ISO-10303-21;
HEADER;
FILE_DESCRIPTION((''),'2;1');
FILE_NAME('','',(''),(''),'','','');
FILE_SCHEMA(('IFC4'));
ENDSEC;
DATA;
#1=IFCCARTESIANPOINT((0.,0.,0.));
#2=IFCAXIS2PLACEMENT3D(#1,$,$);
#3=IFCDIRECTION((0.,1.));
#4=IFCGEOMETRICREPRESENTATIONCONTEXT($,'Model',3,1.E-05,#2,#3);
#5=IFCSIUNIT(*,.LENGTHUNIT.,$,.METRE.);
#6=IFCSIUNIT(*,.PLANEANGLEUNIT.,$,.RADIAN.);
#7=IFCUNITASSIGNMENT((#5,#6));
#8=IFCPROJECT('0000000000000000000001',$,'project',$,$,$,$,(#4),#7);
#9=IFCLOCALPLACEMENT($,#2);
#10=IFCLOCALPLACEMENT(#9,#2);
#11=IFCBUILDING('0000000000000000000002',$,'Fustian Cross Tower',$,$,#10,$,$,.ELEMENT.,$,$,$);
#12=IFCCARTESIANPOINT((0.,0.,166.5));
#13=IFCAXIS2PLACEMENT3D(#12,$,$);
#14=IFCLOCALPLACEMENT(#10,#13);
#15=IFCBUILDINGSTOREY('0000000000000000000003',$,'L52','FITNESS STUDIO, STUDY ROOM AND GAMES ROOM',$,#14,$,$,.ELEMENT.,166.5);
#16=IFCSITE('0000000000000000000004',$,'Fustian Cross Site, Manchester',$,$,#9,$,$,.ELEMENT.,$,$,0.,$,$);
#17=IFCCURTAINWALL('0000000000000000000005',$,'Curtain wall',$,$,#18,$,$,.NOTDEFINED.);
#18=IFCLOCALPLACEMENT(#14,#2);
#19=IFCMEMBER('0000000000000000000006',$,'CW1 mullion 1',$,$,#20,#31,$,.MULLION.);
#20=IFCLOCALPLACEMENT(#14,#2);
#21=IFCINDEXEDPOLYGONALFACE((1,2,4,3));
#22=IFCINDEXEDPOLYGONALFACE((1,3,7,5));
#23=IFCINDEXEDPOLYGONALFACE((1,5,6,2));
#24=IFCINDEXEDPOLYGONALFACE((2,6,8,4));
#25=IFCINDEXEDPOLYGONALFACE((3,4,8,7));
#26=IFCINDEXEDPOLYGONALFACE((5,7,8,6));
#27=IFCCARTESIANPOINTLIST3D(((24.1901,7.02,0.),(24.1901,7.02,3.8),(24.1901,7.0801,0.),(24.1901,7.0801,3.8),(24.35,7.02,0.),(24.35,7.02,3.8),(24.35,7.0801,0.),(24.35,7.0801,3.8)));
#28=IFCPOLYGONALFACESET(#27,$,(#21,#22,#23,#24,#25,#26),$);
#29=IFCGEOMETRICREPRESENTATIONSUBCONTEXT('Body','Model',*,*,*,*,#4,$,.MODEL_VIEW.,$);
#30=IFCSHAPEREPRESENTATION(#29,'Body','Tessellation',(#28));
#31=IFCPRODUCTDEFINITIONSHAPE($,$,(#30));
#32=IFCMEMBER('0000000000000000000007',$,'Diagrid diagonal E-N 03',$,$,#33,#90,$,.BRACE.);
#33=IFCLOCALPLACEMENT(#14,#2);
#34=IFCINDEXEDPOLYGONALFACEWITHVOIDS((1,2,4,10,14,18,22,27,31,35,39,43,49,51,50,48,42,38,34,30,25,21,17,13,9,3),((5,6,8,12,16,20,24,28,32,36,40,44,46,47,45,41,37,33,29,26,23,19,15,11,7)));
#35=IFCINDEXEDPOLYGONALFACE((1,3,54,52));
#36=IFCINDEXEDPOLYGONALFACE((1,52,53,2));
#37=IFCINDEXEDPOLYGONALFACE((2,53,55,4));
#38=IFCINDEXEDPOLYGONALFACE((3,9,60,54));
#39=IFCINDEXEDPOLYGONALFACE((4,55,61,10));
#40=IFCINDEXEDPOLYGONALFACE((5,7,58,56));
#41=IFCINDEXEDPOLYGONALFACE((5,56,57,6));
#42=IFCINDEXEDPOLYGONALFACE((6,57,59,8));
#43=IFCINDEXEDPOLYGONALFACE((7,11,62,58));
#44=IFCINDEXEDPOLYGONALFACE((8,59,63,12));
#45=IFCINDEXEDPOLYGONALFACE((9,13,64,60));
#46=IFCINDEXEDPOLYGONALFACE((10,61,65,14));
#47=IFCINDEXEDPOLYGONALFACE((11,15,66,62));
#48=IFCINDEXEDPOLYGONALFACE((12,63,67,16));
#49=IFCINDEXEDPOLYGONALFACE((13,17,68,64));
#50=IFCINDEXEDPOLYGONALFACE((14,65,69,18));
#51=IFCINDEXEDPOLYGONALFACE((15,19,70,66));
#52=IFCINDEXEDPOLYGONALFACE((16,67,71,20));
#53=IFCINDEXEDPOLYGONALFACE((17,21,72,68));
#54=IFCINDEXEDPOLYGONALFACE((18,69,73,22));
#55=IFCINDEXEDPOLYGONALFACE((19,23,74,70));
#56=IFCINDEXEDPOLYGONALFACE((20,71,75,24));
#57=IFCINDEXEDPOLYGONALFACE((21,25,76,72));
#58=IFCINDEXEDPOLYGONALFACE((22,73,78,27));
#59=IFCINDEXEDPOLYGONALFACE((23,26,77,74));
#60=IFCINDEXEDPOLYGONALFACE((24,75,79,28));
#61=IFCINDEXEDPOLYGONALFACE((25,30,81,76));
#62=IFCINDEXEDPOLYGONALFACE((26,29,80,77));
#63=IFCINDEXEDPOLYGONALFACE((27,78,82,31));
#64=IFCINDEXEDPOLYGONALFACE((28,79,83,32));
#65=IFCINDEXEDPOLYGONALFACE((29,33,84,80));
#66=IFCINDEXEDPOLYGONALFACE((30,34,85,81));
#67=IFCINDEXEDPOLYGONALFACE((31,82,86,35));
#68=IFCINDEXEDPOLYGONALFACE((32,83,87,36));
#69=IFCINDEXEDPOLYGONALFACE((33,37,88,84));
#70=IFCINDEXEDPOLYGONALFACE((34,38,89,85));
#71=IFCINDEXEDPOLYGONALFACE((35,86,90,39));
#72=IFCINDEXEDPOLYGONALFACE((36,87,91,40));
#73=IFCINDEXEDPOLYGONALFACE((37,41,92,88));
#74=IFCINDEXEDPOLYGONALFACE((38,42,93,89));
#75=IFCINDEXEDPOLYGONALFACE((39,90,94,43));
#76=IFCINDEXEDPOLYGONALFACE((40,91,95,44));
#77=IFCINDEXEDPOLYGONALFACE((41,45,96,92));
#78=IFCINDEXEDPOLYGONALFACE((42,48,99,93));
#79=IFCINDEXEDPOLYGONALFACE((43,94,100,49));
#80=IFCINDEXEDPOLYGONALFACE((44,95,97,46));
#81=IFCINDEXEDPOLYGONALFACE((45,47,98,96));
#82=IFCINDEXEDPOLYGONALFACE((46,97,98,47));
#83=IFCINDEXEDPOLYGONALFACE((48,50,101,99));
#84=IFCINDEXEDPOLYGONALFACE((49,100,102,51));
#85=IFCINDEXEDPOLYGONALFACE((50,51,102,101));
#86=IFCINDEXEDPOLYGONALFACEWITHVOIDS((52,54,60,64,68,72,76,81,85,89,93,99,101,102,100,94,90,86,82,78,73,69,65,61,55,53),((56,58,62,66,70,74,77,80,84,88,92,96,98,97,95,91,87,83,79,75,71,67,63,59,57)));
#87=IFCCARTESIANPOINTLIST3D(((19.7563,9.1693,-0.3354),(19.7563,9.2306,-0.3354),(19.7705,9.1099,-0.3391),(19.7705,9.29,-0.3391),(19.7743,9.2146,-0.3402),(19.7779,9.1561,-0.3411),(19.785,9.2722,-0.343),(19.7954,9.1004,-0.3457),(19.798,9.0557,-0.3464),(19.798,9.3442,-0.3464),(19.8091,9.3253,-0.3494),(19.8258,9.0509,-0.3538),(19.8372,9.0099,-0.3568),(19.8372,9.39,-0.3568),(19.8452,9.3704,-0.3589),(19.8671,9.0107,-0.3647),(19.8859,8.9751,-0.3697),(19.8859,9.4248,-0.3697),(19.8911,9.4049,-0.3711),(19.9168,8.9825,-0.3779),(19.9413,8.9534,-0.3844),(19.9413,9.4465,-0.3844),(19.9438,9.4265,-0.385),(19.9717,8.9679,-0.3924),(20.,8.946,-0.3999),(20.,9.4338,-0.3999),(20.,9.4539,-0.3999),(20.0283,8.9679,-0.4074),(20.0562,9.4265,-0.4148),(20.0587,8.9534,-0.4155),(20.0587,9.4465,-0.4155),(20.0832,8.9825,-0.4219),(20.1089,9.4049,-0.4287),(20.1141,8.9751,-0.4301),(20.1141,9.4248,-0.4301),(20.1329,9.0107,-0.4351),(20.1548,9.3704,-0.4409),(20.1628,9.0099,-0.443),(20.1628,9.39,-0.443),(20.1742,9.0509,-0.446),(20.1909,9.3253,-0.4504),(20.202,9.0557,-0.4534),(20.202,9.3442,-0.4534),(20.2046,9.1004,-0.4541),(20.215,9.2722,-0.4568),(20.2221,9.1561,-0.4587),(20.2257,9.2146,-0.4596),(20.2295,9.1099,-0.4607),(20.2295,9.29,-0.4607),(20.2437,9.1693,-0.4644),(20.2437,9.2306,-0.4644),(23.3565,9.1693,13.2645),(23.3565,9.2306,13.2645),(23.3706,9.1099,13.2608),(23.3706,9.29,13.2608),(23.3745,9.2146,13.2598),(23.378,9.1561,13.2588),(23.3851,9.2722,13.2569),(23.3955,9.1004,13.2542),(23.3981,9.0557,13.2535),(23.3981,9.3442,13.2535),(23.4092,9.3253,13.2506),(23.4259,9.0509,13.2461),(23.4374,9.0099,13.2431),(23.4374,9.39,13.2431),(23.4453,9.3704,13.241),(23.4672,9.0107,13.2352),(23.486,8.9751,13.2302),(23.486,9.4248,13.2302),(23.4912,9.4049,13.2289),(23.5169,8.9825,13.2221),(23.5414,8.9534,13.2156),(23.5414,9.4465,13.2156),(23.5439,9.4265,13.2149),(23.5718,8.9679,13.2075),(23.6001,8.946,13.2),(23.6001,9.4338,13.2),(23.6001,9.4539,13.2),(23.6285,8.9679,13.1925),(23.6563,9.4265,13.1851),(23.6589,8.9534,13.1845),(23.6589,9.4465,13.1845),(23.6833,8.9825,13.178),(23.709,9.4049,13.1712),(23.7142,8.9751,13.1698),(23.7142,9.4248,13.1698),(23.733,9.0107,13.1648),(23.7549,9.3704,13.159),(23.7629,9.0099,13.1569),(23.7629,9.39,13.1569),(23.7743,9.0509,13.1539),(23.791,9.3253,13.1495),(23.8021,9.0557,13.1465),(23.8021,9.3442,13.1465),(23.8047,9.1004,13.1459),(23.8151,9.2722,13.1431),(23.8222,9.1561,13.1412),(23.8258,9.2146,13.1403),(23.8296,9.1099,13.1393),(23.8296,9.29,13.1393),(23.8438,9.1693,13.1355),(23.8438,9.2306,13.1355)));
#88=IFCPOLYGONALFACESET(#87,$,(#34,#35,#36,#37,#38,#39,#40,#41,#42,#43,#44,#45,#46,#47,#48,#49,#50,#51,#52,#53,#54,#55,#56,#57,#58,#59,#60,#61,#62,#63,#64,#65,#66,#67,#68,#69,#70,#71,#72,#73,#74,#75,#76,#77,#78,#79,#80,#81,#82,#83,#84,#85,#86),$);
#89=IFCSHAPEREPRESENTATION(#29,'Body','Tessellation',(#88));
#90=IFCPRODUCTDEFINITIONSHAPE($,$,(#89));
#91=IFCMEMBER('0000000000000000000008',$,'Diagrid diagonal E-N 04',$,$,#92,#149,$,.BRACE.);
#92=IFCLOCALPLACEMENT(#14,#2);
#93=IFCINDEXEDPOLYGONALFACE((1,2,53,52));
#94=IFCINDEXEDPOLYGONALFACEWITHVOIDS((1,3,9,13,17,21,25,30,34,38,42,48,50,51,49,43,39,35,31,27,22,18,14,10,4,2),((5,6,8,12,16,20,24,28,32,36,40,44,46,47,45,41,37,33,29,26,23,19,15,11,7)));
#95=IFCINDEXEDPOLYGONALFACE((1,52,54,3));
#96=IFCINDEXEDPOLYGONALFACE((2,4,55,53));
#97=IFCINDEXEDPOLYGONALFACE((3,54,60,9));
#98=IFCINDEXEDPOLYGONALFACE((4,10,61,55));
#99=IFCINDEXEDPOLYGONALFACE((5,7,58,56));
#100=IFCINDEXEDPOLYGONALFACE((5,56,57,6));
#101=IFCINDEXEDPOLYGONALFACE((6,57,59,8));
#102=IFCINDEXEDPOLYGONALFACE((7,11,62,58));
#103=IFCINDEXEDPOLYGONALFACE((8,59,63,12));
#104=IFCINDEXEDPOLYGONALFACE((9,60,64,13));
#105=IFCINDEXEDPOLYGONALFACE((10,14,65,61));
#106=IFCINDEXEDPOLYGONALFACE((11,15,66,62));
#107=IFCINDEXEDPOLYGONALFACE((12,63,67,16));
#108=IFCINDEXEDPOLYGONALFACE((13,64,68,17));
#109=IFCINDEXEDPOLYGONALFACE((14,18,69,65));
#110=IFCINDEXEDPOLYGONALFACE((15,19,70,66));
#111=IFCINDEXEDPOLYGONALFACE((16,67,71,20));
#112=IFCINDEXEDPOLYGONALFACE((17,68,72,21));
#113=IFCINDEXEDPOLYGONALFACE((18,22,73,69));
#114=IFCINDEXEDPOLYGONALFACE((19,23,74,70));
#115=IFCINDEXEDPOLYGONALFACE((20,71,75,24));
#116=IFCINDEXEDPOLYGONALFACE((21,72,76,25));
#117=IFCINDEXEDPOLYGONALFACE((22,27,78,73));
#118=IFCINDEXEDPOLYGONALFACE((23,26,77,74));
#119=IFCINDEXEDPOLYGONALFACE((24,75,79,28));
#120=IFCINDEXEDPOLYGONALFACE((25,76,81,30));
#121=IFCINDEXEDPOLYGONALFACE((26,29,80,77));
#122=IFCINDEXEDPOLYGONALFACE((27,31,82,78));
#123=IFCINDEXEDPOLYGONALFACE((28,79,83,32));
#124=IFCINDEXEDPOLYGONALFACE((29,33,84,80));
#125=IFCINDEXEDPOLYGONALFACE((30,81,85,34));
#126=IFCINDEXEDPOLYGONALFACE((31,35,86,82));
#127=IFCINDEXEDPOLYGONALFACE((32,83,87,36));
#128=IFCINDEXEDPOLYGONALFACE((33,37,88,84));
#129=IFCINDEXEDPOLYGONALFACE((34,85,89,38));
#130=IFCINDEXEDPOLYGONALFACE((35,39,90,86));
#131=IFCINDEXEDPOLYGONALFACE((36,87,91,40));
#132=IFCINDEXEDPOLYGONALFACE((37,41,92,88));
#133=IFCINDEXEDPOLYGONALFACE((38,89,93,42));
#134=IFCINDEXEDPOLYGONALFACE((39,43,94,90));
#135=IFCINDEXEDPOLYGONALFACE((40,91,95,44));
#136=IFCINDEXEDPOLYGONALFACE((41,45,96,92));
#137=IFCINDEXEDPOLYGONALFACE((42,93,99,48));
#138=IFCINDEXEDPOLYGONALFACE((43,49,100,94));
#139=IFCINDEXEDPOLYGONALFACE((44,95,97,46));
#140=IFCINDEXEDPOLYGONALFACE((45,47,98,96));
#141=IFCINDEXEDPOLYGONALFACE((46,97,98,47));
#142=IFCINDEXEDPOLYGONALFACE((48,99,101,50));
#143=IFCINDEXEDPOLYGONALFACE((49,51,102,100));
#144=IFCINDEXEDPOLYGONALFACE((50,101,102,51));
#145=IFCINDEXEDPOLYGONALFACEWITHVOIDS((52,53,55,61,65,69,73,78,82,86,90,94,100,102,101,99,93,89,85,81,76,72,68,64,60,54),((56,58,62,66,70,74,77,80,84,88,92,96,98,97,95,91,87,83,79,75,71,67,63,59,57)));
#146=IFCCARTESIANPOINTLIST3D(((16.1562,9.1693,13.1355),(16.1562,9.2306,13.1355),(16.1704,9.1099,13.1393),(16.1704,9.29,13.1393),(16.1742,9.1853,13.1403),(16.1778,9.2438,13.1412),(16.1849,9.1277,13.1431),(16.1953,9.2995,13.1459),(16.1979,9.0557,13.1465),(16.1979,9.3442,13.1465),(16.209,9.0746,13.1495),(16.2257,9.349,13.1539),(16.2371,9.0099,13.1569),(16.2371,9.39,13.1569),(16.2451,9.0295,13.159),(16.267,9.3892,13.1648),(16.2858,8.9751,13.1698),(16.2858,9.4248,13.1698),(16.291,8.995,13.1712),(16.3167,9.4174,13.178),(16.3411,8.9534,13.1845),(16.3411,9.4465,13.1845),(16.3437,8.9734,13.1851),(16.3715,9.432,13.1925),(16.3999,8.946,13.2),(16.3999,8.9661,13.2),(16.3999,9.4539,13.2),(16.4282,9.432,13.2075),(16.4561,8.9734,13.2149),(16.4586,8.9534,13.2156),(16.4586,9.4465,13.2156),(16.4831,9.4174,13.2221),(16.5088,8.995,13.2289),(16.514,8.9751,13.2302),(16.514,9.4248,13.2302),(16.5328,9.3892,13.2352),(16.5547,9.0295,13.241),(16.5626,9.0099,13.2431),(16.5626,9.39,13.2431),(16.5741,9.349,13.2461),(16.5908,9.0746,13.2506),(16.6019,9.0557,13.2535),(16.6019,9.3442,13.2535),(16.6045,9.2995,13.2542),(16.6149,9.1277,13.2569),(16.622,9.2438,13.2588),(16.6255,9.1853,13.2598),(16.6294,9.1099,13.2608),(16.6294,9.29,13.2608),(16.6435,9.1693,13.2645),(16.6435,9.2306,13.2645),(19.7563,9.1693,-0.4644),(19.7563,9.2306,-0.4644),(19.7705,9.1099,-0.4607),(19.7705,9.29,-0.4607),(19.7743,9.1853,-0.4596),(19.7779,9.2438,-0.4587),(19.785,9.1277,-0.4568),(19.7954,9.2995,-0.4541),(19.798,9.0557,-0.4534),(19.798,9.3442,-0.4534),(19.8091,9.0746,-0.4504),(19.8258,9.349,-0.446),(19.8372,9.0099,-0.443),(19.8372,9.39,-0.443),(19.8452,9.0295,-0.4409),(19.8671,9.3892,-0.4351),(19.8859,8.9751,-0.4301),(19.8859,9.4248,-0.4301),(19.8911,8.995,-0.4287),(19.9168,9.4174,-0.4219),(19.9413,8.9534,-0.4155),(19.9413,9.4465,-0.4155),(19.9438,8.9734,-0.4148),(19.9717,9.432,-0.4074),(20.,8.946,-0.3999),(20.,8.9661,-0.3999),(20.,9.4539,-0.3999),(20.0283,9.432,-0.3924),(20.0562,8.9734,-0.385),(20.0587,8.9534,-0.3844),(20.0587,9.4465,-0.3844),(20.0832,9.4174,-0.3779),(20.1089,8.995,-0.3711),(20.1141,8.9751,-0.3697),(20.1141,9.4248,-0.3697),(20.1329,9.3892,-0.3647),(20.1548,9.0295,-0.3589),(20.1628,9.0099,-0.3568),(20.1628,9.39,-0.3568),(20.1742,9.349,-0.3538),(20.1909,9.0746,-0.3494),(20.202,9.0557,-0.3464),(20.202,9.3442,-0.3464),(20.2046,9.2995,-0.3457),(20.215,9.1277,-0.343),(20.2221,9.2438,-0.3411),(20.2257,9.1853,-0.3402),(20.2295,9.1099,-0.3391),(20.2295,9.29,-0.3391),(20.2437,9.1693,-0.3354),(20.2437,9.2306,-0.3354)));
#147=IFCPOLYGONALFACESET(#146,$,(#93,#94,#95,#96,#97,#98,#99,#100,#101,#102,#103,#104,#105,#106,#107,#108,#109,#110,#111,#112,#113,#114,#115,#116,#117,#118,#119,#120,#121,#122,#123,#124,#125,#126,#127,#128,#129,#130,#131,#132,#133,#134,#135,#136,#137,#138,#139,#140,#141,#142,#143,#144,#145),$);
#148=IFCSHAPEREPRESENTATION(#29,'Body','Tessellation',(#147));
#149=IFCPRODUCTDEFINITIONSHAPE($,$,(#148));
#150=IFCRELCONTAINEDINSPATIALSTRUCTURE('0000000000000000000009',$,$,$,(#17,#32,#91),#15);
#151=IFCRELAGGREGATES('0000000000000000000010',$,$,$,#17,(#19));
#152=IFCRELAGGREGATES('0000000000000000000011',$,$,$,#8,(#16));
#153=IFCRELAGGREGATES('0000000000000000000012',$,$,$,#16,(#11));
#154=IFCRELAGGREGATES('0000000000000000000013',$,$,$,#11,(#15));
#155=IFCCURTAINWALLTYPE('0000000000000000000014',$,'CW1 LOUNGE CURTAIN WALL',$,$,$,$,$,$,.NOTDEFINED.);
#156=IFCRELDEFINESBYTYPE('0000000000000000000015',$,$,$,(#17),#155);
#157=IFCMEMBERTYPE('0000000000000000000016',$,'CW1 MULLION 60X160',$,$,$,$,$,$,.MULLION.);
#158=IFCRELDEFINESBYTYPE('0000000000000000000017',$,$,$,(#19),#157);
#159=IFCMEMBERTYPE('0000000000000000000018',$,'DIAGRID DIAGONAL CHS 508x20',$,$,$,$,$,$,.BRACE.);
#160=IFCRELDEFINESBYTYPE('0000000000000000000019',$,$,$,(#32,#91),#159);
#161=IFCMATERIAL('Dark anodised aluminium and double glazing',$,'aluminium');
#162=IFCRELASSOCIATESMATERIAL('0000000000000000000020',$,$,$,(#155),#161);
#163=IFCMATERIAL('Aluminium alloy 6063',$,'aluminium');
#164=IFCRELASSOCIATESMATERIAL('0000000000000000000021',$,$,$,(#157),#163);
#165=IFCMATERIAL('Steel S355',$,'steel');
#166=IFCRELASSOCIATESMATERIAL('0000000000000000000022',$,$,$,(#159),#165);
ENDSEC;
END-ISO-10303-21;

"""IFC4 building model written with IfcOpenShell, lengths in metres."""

from ifc_helpers import new_model, si_unit, direction, frame, origin, origin_2d, place, context, subcontext, project, spatial, rectangle, hollow_circle, extrude, material, material_profile, profile_set, type_object, element, aggregate, save


model = new_model("IFC4")

# Units and contexts
model_context = context("Model", 3, precision=1e-05, world=origin(), true_north=direction((0.0, 1.0)))
body_context = subcontext(model_context, "Body", "Model", "MODEL_VIEW")
ifc_project = project(units=[si_unit("LENGTHUNIT", "METRE"), si_unit("PLANEANGLEUNIT", "RADIAN")], contexts=[model_context])

# Site, building, storey
site_placement = place(None, origin())
site = spatial("IfcSite", under=ifc_project, at=site_placement, Name="Fustian Cross Site, Manchester", CompositionType="ELEMENT", RefElevation=0.0)
building_placement = place(site_placement, origin())
building = spatial("IfcBuilding", under=site, at=building_placement, Name="Fustian Cross Tower", CompositionType="ELEMENT")
storey_placement = place(building_placement, frame((0.0, 0.0, 166.5)))
storey = spatial("IfcBuildingStorey", under=building, at=storey_placement, Name="L52", Description="FITNESS STUDIO, STUDY ROOM AND GAMES ROOM", CompositionType="ELEMENT", Elevation=166.5)

# Curtain wall, member
ifc_material_1 = material(Name="Dark anodised aluminium and double glazing", Category="aluminium")
curtain_wall_type = type_object("IfcCurtainWallType", Name="CW1 LOUNGE CURTAIN WALL", PredefinedType="NOTDEFINED", material=ifc_material_1)
curtain_wall_placement = place(storey_placement, origin())
curtain_wall = element("IfcCurtainWall", 1, at=curtain_wall_placement, inside=storey, type_object=curtain_wall_type, Name="Curtain wall", PredefinedType="NOTDEFINED")
ifc_material_2 = material(Name="Aluminium alloy 6063", Category="aluminium")
ifc_material_profile_1 = material_profile(ifc_material_2, rectangle(XDim=0.0601, YDim=0.1599, at=origin_2d()), Name="CW1 MULLION 60X160")
ifc_profile_set_1 = profile_set([ifc_material_profile_1], Name="Aluminium alloy 6063")
member_type_1 = type_object("IfcMemberType", Name="CW1 MULLION 60X160", PredefinedType="MULLION", material=ifc_profile_set_1)
member_1_placement = place(storey_placement, frame((24.27, 7.05, 0.0), z_axis=(0.0, 0.0, 1.0), x_axis=(0.0, -1.0, 0.0)))
member_1 = element("IfcMember", 2, at=member_1_placement, type_object=member_type_1, Name="CW1 mullion 1", PredefinedType="MULLION", context=body_context, shape_type="SweptSolid", body=[
    extrude(rectangle(XDim=0.0601, YDim=0.1599, at=origin_2d()), origin(), (0.0, 0.0, 1.0), 3.8),
])
aggregate(curtain_wall, [member_1])

# Members
ifc_material_3 = material(Name="Steel S355", Category="steel")
ifc_material_profile_2 = material_profile(ifc_material_3, hollow_circle(Radius=0.2539, WallThickness=0.02, at=origin_2d()), Name="CHS 508x20")
ifc_profile_set_2 = profile_set([ifc_material_profile_2], Name="Steel S355")
member_type_2 = type_object("IfcMemberType", Name="DIAGRID DIAGONAL CHS 508x20", PredefinedType="BRACE", material=ifc_profile_set_2)
for number, where, z_axis, x_axis, name in (
    (3, (20.0, 9.2, -0.3999), (0.255902, 0.0, 0.966703), (0.0, 1.0, 0.0), "Diagrid diagonal E-N 03"),
    (4, (20.0, 9.2, -0.3999), (-0.255902, 0.0, 0.966703), (0.0, -1.0, 0.0), "Diagrid diagonal E-N 04"),
):
    element("IfcMember", number, at=place(storey_placement, frame(where, z_axis=z_axis, x_axis=x_axis)), inside=storey, type_object=member_type_2, Name=name, PredefinedType="BRACE", context=body_context, shape_type="SweptSolid", body=[
        extrude(hollow_circle(Radius=0.2539, WallThickness=0.02, at=origin_2d()), origin(), (0.0, 0.0, 1.0), 14.0684),
    ])

save(model, "model.ifc")
